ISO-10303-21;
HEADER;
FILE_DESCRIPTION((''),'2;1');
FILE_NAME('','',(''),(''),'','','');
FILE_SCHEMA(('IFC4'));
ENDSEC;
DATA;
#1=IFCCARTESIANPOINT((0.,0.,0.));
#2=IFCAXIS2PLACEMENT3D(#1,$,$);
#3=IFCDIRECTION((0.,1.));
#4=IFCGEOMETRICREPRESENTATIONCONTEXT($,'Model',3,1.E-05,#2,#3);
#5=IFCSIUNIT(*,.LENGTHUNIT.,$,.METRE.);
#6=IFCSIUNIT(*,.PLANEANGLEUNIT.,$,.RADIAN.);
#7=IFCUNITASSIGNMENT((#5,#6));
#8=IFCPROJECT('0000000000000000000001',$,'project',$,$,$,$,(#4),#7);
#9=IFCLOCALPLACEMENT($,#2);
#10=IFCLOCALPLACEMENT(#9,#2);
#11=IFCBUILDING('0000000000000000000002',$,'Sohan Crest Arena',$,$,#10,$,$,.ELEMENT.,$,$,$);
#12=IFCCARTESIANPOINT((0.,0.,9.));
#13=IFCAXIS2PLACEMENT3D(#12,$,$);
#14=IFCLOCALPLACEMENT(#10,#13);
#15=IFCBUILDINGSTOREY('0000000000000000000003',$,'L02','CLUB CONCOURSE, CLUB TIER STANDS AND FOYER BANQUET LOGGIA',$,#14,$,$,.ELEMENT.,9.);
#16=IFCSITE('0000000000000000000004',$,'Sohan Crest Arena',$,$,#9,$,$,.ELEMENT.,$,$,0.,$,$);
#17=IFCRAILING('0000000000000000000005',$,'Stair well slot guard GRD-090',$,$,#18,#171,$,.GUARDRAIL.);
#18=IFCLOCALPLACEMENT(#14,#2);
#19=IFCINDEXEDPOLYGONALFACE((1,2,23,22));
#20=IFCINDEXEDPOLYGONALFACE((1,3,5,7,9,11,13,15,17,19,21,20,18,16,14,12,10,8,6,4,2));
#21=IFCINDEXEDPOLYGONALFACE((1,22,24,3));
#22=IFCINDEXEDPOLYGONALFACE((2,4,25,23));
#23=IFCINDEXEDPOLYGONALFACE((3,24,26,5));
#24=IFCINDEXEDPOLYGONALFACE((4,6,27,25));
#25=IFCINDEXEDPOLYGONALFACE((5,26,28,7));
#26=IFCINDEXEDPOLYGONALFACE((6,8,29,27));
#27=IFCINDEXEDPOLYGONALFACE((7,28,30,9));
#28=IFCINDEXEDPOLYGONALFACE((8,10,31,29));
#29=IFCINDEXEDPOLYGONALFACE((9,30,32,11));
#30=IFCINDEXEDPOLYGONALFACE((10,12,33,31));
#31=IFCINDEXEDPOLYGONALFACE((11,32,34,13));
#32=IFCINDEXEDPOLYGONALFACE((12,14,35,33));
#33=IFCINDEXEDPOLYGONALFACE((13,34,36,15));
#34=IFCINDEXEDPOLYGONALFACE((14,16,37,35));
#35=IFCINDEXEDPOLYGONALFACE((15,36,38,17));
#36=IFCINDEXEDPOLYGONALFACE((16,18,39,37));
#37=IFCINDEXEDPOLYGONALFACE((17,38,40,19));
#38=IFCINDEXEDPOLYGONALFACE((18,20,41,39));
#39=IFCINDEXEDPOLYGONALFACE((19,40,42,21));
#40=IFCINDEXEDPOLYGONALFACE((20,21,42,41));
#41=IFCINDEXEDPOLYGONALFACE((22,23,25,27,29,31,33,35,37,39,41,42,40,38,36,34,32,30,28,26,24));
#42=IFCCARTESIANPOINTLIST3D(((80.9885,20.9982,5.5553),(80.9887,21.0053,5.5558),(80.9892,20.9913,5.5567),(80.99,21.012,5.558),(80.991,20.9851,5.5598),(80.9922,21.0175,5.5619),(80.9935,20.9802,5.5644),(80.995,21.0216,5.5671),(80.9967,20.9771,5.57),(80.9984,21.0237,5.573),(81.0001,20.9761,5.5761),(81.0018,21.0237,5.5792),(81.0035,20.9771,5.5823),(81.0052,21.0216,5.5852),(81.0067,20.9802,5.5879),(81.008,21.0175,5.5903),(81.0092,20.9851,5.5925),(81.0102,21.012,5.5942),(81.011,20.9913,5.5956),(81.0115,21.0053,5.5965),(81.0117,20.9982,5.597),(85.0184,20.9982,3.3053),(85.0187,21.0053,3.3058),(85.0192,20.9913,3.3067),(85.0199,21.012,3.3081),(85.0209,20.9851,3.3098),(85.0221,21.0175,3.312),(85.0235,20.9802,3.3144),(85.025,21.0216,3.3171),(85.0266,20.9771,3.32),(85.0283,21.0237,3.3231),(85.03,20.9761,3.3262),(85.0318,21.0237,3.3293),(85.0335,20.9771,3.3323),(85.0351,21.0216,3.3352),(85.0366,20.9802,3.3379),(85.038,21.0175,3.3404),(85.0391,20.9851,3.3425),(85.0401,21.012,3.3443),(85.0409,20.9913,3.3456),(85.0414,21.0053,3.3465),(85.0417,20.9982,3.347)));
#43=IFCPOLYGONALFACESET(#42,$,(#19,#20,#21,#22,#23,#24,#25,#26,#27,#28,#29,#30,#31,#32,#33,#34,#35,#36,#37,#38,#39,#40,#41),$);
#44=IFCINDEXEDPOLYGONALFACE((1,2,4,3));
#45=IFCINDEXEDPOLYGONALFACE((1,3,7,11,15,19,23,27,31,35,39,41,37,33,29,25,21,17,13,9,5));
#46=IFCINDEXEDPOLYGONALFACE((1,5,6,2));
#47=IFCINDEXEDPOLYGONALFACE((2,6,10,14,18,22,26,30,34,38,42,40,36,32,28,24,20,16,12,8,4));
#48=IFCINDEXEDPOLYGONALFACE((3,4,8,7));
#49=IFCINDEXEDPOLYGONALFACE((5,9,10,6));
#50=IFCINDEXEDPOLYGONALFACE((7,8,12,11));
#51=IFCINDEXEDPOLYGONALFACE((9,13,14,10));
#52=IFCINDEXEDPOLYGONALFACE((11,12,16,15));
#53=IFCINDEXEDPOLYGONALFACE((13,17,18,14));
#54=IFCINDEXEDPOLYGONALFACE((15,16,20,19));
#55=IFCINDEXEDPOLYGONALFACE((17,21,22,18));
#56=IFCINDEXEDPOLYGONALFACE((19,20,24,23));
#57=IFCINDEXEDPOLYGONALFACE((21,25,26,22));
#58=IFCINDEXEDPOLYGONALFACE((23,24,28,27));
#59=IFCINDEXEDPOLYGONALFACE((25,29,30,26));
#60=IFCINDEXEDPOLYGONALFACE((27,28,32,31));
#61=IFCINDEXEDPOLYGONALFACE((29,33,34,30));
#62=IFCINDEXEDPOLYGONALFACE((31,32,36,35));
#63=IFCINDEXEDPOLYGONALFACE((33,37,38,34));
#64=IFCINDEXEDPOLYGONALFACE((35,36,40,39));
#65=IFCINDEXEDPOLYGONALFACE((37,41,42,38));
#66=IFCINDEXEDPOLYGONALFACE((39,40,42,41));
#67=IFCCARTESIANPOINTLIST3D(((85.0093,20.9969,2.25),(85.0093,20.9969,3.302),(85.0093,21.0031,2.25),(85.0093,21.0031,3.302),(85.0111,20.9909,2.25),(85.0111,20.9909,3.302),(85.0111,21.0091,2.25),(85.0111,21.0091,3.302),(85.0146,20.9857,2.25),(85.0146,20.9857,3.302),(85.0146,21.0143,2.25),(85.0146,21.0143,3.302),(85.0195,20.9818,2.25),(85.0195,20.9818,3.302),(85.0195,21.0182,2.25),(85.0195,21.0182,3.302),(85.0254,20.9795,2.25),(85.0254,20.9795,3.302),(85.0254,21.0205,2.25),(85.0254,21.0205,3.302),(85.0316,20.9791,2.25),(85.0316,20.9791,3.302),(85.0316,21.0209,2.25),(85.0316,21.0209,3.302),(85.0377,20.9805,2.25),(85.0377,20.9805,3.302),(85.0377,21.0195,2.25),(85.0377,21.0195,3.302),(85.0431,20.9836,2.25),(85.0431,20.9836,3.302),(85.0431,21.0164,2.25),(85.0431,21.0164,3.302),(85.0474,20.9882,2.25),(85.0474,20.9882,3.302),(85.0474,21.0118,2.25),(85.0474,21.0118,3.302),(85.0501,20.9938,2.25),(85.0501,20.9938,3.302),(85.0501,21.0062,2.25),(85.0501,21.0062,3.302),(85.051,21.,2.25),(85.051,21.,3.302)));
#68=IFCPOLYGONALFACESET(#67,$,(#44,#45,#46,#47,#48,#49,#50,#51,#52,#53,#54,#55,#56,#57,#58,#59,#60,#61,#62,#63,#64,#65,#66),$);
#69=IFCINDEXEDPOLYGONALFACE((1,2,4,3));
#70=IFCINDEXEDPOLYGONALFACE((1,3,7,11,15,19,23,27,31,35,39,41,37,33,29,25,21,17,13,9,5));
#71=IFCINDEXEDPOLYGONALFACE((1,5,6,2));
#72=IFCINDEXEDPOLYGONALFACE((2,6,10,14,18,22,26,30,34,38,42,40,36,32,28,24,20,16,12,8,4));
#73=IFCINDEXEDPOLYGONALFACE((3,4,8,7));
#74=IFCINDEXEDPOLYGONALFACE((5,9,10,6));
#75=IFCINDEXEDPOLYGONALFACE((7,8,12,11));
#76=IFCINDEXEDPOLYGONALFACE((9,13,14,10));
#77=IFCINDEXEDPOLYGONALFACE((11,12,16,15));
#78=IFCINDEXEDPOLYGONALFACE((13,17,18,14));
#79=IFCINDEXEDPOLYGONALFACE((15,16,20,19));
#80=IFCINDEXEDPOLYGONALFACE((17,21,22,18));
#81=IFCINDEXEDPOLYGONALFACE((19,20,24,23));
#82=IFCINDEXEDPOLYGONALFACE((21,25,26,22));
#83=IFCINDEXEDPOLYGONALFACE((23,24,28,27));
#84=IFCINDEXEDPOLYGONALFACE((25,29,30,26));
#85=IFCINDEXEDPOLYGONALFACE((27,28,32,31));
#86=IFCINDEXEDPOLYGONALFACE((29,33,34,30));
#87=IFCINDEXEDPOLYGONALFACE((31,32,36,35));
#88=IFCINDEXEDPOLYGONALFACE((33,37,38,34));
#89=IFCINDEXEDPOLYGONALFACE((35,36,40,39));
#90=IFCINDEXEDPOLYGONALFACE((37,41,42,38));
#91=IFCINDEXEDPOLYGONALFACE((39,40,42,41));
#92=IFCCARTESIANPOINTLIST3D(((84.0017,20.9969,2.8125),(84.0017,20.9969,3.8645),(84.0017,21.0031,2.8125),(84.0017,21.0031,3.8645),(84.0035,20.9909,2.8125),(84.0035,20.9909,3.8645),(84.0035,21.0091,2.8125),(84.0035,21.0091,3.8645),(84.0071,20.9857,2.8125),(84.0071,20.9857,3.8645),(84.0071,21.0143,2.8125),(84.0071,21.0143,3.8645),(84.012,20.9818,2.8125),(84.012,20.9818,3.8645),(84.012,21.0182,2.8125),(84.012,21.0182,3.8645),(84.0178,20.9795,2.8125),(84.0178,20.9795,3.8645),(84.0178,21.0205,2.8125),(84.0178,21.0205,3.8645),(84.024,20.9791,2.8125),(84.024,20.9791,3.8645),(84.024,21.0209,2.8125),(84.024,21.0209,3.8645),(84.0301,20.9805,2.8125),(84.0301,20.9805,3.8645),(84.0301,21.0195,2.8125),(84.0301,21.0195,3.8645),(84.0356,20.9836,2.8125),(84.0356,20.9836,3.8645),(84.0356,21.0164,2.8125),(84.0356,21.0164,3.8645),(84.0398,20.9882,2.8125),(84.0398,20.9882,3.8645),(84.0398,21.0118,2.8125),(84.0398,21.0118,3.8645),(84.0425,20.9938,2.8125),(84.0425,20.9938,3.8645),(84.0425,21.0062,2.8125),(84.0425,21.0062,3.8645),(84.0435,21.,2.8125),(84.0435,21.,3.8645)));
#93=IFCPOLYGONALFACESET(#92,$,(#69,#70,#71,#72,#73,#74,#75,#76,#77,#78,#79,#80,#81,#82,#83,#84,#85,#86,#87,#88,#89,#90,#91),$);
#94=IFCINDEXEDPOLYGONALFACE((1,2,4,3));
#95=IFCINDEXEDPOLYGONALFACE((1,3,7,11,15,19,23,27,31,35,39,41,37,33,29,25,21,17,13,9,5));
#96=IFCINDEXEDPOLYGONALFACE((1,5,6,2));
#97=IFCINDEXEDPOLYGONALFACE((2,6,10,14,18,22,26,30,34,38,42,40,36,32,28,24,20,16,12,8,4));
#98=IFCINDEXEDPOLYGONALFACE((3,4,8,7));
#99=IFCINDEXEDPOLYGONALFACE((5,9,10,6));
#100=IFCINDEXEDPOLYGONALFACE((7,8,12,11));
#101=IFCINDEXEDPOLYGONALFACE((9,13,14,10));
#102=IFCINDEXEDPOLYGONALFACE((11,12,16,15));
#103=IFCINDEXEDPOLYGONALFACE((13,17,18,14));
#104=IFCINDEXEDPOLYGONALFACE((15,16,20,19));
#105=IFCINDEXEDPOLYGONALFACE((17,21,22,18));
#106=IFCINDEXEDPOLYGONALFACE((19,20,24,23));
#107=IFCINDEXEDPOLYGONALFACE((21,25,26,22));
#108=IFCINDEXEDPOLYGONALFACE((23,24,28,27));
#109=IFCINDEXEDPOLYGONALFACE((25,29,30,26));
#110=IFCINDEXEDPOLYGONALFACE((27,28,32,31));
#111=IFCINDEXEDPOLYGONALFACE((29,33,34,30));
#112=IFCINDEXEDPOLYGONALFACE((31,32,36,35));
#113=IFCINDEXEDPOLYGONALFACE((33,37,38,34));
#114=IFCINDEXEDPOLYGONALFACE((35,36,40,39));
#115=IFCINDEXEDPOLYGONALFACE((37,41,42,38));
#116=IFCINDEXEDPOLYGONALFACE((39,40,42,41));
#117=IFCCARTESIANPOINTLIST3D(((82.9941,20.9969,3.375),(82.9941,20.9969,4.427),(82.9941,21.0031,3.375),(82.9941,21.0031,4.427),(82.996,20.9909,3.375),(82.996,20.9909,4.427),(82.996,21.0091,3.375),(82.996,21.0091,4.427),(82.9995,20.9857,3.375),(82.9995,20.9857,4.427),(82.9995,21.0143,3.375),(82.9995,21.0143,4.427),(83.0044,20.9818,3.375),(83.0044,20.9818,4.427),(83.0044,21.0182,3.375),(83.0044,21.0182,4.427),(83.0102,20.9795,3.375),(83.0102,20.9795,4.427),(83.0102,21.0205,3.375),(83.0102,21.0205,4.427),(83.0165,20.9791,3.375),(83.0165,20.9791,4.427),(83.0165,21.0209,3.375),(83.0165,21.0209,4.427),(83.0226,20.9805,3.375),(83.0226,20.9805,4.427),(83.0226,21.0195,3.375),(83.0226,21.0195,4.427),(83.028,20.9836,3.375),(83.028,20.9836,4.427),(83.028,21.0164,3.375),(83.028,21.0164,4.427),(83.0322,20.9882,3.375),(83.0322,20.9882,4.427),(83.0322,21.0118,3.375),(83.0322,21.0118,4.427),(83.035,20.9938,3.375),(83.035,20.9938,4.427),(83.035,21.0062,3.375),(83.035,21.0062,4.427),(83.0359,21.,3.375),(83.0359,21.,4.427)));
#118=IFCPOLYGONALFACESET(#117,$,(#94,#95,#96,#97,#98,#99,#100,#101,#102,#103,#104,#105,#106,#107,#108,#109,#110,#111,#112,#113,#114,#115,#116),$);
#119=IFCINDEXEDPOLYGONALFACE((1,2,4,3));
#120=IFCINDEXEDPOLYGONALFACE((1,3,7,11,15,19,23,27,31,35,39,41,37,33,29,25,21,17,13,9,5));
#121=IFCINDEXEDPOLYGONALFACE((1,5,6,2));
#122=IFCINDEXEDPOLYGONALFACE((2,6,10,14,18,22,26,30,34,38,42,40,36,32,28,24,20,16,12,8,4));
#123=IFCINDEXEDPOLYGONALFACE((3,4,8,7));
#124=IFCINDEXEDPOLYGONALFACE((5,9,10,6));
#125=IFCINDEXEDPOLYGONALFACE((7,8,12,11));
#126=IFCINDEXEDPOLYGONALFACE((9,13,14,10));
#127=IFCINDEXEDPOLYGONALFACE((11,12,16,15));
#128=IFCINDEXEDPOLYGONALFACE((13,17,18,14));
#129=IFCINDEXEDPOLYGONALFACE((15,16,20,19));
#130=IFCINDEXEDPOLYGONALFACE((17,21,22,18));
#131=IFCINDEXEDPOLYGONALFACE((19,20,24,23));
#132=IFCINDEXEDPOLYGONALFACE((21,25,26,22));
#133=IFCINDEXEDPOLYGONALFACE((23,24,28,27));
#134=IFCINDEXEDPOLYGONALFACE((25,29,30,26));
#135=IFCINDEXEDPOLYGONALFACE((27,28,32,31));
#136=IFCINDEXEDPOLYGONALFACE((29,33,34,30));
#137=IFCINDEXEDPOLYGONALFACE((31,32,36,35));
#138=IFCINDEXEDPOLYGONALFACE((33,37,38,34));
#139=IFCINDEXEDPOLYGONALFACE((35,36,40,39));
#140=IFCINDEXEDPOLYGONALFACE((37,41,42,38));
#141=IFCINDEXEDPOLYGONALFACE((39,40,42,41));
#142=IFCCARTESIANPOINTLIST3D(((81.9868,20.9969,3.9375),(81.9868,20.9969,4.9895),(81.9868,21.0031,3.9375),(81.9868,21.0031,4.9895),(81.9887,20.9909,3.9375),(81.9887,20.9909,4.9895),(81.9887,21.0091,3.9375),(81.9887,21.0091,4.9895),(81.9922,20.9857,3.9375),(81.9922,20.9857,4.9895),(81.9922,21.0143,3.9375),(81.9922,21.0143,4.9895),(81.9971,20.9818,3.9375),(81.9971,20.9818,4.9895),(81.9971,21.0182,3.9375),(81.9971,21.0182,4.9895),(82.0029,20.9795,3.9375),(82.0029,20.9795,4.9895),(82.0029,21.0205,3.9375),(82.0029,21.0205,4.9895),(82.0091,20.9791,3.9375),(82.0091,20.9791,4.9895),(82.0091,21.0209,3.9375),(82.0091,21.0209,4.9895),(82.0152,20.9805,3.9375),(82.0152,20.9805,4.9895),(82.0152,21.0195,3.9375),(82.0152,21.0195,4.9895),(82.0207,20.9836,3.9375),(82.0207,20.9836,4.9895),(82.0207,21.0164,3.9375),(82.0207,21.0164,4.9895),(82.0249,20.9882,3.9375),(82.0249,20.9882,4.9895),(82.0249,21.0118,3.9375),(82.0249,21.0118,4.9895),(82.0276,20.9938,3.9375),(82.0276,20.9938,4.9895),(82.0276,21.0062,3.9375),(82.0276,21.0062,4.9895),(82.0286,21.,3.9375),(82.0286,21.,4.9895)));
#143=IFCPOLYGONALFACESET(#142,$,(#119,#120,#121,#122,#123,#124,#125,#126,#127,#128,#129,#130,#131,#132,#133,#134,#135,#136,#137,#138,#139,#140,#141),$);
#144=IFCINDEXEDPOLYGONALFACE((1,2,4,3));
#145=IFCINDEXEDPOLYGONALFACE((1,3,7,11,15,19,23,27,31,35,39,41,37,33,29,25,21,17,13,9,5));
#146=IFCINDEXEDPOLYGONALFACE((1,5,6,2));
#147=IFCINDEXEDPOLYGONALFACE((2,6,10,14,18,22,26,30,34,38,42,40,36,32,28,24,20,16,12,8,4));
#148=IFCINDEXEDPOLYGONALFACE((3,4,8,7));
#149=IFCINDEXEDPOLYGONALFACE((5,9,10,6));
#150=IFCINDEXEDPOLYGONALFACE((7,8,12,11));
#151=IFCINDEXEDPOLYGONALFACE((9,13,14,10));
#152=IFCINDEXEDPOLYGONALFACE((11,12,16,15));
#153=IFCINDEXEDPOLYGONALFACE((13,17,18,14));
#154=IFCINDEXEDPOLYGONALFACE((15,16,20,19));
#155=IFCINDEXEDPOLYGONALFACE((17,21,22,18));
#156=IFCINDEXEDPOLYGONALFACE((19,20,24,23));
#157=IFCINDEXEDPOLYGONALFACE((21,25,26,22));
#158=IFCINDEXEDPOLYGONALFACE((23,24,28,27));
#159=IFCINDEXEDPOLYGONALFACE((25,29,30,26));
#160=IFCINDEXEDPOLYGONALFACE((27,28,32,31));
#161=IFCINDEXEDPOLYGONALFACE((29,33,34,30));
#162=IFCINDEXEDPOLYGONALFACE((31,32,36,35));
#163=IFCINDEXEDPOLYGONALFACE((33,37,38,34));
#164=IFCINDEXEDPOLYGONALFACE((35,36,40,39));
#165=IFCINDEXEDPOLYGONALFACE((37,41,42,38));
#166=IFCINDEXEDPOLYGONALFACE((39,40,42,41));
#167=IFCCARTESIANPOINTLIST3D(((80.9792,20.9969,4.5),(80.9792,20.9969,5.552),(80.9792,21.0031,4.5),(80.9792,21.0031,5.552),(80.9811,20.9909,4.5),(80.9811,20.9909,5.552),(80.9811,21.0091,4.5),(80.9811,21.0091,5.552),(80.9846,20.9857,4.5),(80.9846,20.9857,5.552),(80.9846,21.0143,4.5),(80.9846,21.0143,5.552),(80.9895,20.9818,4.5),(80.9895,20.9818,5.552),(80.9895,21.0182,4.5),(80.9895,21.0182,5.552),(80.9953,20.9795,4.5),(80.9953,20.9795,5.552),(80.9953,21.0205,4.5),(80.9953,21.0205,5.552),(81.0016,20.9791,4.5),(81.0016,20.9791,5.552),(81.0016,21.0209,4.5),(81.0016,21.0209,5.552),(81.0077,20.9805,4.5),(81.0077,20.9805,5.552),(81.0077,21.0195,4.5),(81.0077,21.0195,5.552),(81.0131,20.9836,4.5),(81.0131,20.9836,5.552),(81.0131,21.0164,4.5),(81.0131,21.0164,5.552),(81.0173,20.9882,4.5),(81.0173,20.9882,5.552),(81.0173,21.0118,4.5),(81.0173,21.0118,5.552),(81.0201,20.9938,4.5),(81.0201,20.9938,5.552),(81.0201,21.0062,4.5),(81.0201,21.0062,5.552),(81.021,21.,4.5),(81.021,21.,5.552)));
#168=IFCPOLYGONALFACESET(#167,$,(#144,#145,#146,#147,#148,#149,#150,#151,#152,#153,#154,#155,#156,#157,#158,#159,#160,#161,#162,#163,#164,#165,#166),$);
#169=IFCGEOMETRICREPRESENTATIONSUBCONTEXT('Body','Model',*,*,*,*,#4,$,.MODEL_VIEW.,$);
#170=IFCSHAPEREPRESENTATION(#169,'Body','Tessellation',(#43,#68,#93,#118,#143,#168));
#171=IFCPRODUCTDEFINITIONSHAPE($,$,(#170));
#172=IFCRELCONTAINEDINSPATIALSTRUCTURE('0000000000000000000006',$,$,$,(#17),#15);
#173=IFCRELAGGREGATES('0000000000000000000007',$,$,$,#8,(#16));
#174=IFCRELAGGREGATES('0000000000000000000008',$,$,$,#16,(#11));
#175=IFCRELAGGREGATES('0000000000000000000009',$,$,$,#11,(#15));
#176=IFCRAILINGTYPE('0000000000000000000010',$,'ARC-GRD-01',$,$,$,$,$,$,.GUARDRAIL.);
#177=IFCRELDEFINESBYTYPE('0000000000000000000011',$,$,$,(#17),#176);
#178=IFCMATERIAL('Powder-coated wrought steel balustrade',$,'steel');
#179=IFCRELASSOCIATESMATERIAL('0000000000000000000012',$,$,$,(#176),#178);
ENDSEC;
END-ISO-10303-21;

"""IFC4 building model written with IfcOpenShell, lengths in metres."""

from ifc_helpers import new_model, si_unit, direction, frame, origin, origin_2d, place, context, subcontext, project, spatial, circle, extrude, material, type_object, element, save


model = new_model("IFC4")

# Units and contexts
model_context = context("Model", 3, precision=1e-05, world=origin(), true_north=direction((0.0, 1.0)))
body_context = subcontext(model_context, "Body", "Model", "MODEL_VIEW")
ifc_project = project(units=[si_unit("LENGTHUNIT", "METRE"), si_unit("PLANEANGLEUNIT", "RADIAN")], contexts=[model_context])

# Site, building, storey
site_placement = place(None, origin())
site = spatial("IfcSite", under=ifc_project, at=site_placement, Name="Sohan Crest Arena", CompositionType="ELEMENT", RefElevation=0.0)
building_placement = place(site_placement, origin())
building = spatial("IfcBuilding", under=site, at=building_placement, Name="Sohan Crest Arena", CompositionType="ELEMENT")
storey_placement = place(building_placement, frame((0.0, 0.0, 9.0)))
storey = spatial("IfcBuildingStorey", under=building, at=storey_placement, Name="L02", Description="CLUB CONCOURSE, CLUB TIER STANDS AND FOYER BANQUET LOGGIA", CompositionType="ELEMENT", Elevation=9.0)

# Railing
ifc_material_1 = material(Name="Powder-coated wrought steel balustrade", Category="steel")
railing_type_1 = type_object("IfcRailingType", Name="ARC-GRD-01", PredefinedType="GUARDRAIL", material=ifc_material_1)
railing_1_placement = place(storey_placement, frame((85.03, 21.0, 2.25)))
element("IfcRailing", 1, at=railing_1_placement, inside=storey, type_object=railing_type_1, Name="Stair well slot guard GRD-090", PredefinedType="GUARDRAIL", context=body_context, shape_type="SweptSolid", body=[
    extrude(circle(Radius=0.0239, at=origin_2d()), frame((0.0, 0.0, 1.0762), z_axis=(-0.873135, 0.0, 0.487479), x_axis=(0.0, -1.0, 0.0)), (0.0, 0.0, 1.0), 4.6155),
    extrude(circle(Radius=0.021, at=origin_2d()), origin(), (0.0, 0.0, 1.0), 1.052),
    extrude(circle(Radius=0.021, at=origin_2d()), frame((-1.0076, 0.0, 0.5625)), (0.0, 0.0, 1.0), 1.052),
    extrude(circle(Radius=0.021, at=origin_2d()), frame((-2.0151, 0.0, 1.125)), (0.0, 0.0, 1.0), 1.052),
    extrude(circle(Radius=0.021, at=origin_2d()), frame((-3.0225, 0.0, 1.6875)), (0.0, 0.0, 1.0), 1.052),
    extrude(circle(Radius=0.021, at=origin_2d()), frame((-4.03, 0.0, 2.25)), (0.0, 0.0, 1.0), 1.052),
])

save(model, "model.ifc")
